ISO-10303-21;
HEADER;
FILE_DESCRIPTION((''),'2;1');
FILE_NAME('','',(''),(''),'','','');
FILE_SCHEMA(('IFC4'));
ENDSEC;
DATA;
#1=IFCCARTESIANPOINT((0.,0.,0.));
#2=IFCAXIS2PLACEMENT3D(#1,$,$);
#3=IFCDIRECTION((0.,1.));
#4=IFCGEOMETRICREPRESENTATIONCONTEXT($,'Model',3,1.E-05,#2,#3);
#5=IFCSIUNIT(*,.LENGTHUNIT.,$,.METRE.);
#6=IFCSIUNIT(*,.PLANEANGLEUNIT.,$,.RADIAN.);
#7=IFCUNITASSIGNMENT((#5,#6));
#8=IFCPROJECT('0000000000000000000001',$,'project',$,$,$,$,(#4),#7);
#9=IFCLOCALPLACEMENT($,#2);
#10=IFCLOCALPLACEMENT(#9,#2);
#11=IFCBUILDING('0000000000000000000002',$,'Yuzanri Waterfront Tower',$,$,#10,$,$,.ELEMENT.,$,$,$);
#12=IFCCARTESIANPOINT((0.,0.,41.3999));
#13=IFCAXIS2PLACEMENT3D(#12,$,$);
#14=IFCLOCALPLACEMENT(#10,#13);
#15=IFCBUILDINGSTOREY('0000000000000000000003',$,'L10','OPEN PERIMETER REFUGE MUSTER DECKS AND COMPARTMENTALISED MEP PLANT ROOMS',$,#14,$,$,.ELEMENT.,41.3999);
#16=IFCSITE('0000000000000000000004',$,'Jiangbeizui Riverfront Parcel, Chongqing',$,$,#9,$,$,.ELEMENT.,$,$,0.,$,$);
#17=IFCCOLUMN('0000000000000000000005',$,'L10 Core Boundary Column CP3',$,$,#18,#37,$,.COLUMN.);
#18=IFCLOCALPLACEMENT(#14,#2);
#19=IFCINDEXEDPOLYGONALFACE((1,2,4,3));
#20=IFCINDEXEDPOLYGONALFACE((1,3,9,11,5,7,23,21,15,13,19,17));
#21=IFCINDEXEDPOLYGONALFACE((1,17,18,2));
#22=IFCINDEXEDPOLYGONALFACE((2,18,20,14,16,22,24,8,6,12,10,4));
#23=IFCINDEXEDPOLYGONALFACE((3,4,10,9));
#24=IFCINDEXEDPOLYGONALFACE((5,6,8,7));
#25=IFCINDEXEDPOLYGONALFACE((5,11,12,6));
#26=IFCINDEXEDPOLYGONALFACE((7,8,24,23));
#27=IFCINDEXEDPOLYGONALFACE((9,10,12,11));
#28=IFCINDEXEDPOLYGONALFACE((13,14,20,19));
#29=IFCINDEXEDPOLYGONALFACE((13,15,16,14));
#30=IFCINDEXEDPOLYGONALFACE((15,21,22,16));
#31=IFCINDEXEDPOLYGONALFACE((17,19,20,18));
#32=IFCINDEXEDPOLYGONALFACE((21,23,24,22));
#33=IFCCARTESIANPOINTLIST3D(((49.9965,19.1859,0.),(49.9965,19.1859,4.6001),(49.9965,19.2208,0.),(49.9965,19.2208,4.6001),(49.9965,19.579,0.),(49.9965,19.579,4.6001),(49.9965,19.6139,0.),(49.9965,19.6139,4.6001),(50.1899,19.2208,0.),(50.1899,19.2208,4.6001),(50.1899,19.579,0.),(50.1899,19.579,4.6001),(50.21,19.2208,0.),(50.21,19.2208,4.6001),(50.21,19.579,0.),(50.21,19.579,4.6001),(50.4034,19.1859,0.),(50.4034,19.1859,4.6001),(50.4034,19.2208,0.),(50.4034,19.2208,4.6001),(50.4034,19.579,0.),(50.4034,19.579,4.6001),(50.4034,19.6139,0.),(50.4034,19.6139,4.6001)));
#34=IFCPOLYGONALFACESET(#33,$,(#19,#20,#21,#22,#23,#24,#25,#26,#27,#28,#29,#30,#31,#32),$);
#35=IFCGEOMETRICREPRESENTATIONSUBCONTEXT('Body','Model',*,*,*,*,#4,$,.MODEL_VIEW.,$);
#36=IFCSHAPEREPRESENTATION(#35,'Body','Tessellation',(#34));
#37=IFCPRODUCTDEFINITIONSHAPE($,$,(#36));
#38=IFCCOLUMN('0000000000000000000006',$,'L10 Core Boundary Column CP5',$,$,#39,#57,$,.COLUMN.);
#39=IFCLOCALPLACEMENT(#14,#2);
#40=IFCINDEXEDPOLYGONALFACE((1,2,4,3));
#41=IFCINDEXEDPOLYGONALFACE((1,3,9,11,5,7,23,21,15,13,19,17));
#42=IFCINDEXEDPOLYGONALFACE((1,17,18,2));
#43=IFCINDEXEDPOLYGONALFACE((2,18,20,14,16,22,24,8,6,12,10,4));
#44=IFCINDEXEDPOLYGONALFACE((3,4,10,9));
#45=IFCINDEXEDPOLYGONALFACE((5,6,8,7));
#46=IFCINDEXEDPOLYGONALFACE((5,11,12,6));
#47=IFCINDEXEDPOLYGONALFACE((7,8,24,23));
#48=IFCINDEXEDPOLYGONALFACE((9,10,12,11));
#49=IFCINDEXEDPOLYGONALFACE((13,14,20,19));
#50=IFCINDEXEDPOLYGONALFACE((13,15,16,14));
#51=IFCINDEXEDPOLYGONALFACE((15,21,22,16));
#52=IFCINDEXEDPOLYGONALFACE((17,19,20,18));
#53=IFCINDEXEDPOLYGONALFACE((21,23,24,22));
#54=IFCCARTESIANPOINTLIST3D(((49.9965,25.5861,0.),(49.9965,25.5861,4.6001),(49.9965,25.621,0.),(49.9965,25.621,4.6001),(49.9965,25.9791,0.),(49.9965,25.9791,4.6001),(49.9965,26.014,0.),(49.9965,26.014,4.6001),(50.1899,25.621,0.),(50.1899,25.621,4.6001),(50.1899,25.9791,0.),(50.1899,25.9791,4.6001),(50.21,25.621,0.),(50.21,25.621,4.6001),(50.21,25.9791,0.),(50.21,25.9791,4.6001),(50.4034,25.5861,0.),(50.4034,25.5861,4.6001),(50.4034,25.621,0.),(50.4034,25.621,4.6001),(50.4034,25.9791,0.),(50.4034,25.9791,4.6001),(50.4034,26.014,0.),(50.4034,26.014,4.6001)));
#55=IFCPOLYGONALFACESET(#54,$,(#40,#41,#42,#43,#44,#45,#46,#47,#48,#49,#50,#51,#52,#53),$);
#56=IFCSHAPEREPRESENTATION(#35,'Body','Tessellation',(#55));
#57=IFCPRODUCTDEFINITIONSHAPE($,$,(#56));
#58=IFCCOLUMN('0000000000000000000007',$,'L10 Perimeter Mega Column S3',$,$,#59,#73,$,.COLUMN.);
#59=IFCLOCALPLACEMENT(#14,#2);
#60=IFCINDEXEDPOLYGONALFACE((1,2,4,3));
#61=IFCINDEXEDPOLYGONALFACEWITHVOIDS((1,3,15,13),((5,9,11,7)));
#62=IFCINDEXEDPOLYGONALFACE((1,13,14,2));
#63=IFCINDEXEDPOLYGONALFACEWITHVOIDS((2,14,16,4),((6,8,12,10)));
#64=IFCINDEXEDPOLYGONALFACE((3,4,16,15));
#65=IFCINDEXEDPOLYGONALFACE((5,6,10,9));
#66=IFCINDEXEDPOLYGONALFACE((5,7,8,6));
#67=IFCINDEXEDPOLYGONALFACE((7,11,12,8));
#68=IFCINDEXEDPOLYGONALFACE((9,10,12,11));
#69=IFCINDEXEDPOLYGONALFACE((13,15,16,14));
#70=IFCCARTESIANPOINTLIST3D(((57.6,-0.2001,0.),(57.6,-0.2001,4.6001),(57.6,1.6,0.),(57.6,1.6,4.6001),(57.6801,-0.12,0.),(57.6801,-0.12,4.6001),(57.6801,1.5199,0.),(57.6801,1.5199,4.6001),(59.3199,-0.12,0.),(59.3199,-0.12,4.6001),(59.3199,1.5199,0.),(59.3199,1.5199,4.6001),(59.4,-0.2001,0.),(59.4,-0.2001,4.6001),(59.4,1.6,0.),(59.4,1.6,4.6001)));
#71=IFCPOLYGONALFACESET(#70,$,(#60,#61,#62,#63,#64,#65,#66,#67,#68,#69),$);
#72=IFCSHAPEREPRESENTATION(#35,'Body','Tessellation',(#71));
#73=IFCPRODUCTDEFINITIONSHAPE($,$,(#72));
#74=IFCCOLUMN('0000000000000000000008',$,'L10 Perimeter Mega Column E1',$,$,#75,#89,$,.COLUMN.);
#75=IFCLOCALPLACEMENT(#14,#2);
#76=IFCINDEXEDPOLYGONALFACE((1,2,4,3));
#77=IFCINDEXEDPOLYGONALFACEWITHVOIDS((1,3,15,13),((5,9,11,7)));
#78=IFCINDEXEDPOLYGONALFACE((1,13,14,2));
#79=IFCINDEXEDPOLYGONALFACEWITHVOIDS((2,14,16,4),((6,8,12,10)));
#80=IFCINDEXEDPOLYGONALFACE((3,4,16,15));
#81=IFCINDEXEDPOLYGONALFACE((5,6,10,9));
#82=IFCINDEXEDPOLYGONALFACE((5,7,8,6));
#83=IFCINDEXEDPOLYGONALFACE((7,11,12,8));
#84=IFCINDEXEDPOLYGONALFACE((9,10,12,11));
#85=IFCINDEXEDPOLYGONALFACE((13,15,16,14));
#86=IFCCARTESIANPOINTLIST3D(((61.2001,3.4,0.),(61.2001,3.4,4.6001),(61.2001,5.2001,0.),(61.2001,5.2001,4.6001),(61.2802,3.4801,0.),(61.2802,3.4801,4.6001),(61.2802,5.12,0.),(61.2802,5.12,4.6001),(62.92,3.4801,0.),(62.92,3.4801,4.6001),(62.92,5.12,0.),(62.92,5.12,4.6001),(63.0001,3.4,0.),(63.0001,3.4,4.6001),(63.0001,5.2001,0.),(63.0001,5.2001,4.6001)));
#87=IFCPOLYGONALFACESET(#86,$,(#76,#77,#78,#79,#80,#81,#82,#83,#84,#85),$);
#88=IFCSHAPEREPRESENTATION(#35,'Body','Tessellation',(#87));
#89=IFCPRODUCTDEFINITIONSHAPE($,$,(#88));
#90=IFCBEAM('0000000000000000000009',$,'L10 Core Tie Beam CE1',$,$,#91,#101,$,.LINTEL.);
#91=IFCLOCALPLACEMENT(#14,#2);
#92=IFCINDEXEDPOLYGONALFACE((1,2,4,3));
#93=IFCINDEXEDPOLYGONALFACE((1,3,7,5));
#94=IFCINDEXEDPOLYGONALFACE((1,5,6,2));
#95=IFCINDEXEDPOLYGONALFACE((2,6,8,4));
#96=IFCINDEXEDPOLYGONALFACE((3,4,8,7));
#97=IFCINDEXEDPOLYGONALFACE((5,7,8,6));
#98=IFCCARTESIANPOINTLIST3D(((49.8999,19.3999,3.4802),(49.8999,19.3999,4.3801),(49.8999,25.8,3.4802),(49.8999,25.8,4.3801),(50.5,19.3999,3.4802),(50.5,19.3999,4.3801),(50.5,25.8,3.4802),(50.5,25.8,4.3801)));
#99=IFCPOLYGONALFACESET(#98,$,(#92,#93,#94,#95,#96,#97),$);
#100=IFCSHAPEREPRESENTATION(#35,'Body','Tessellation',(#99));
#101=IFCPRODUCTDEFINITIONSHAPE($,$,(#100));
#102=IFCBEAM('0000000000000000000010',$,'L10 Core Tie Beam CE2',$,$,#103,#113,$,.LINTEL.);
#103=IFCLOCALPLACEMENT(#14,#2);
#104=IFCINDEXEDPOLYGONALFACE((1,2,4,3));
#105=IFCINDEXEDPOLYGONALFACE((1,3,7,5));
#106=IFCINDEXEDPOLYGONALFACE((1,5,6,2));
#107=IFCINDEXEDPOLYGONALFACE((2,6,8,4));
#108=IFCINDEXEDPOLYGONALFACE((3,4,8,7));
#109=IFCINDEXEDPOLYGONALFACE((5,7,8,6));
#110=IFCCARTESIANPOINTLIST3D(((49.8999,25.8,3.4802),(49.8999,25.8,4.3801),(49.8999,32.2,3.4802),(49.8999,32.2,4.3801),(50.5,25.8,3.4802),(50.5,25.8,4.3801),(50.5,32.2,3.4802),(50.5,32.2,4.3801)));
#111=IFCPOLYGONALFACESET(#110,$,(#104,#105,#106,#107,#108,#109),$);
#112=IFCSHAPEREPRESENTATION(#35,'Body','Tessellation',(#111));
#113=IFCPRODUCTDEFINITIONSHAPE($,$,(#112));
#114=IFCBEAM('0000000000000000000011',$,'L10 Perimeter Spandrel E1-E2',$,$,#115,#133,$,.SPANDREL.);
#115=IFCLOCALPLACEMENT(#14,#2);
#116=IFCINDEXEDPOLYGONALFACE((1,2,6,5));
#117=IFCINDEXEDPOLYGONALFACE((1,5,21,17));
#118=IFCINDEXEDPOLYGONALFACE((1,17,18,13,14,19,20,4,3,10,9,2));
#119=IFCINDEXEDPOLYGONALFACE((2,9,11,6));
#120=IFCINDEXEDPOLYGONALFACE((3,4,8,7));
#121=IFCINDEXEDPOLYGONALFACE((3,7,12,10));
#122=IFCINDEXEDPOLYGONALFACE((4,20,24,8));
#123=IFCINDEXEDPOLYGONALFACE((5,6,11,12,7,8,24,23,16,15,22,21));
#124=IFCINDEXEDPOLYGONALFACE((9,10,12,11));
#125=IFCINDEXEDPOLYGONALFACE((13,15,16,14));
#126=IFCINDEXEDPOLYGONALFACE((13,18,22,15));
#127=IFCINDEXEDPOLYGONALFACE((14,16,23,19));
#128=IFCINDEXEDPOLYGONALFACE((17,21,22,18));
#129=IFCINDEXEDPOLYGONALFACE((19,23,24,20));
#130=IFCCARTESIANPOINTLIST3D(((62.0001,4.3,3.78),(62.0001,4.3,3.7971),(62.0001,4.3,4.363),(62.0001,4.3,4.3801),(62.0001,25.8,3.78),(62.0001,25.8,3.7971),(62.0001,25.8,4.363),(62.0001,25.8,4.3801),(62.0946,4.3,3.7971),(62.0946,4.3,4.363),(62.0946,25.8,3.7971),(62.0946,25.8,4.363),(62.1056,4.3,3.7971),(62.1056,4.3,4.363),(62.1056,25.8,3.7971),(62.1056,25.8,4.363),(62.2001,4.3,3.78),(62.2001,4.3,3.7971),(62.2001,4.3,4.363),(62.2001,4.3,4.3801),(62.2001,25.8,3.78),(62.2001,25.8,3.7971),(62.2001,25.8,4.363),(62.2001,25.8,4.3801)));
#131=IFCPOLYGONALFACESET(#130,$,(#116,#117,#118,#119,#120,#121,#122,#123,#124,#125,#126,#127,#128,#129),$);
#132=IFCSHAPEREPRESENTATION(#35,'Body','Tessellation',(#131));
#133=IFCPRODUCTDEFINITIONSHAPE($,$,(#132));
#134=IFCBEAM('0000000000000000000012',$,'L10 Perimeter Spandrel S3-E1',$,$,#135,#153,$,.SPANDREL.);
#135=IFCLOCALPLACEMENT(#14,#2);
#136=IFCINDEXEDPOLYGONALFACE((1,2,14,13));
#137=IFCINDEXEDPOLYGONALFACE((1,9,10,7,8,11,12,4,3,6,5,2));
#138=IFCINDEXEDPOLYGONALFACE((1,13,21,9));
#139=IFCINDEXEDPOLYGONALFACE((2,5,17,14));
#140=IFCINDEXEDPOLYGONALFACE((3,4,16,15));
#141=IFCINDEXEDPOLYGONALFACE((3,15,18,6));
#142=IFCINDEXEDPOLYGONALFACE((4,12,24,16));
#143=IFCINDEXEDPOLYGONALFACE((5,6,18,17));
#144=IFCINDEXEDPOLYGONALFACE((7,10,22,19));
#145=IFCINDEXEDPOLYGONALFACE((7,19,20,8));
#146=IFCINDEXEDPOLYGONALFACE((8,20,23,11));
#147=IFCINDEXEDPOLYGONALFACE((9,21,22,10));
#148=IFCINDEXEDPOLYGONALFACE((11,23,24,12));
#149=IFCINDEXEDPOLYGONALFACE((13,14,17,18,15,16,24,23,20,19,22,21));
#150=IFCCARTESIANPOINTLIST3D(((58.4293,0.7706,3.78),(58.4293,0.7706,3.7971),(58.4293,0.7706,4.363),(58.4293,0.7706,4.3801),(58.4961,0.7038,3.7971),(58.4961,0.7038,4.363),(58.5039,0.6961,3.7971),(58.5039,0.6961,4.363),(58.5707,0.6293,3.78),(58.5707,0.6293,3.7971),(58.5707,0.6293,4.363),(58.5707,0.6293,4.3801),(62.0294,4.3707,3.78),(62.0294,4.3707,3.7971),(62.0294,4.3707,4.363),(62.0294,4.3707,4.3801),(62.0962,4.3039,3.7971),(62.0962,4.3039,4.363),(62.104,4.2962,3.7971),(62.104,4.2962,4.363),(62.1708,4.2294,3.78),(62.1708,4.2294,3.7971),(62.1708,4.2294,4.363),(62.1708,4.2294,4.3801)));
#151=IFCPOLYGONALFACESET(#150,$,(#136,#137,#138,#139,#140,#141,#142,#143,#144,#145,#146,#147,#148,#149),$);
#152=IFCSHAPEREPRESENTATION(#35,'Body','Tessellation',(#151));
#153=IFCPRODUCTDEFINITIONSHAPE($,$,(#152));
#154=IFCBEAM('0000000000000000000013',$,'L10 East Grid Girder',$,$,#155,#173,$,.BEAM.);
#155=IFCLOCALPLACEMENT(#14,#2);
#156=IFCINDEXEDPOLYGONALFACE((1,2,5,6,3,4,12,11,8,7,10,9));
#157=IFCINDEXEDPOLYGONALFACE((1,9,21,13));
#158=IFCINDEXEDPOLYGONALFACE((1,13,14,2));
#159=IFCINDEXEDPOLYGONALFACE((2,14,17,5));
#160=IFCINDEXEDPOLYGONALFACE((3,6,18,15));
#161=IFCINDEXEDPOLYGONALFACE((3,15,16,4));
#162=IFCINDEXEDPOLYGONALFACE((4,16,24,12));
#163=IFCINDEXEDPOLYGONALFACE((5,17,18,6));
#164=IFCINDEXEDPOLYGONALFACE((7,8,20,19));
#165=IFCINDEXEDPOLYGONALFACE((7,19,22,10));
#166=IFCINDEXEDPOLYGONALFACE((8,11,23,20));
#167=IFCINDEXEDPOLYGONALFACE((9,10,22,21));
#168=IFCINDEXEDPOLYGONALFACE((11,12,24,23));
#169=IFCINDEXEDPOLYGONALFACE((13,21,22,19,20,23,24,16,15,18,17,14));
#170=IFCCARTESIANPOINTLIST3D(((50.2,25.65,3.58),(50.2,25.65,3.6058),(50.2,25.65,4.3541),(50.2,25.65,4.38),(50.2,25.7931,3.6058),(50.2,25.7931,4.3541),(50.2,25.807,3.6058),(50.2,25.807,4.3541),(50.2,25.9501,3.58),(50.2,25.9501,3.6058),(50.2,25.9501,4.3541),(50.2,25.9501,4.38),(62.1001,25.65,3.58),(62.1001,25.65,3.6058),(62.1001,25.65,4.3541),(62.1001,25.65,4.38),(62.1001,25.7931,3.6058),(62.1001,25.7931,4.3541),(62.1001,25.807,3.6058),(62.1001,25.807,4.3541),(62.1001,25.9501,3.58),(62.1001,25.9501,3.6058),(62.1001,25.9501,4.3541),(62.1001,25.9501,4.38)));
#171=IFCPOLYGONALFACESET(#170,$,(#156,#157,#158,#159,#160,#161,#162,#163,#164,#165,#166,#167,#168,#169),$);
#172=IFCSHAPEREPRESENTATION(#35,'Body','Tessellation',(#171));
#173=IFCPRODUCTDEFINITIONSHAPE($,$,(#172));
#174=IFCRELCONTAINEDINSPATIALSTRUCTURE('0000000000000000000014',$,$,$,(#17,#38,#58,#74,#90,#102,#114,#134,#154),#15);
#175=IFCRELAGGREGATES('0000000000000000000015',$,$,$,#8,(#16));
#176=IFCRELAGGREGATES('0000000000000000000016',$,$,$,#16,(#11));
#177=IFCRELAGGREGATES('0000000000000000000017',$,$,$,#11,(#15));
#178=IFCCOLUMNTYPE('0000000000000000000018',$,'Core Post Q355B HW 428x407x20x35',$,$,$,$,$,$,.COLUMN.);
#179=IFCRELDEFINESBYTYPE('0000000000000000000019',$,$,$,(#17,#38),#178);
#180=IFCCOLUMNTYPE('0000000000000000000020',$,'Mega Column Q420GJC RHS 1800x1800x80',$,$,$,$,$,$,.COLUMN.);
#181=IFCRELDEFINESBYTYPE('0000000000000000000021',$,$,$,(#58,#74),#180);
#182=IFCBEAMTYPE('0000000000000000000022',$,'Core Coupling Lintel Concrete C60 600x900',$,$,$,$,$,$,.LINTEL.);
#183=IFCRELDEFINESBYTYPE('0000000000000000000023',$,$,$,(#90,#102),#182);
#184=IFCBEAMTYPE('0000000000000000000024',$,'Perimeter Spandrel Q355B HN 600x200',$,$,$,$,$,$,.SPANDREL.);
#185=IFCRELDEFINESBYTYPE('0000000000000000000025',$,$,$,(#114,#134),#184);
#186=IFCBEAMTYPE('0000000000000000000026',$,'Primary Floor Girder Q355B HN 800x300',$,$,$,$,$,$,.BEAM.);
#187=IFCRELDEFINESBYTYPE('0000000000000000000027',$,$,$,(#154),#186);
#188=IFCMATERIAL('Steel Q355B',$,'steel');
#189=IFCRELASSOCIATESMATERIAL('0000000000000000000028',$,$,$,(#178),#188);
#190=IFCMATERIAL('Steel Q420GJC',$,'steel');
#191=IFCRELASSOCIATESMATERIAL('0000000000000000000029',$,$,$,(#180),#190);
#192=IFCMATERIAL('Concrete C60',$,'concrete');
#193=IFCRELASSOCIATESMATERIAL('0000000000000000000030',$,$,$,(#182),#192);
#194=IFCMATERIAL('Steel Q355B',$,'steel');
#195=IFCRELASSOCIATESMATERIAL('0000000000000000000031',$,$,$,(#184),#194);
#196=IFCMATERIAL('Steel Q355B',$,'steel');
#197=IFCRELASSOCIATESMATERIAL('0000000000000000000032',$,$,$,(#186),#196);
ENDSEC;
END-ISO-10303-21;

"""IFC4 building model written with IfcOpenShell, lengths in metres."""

from ifc_helpers import new_model, si_unit, direction, frame, origin, origin_2d, place, context, subcontext, project, spatial, rectangle, hollow_rectangle, i_section, extrude, source, transform, mapped, material, material_profile, profile_set, type_object, element, save


model = new_model("IFC4")

# Units and contexts
model_context = context("Model", 3, precision=1e-05, world=origin(), true_north=direction((0.0, 1.0)))
body_context = subcontext(model_context, "Body", "Model", "MODEL_VIEW")
ifc_project = project(units=[si_unit("LENGTHUNIT", "METRE"), si_unit("PLANEANGLEUNIT", "RADIAN")], contexts=[model_context])

# Site, building, storey
site_placement = place(None, origin())
site = spatial("IfcSite", under=ifc_project, at=site_placement, Name="Jiangbeizui Riverfront Parcel, Chongqing", CompositionType="ELEMENT", RefElevation=0.0)
building_placement = place(site_placement, origin())
building = spatial("IfcBuilding", under=site, at=building_placement, Name="Yuzanri Waterfront Tower", CompositionType="ELEMENT")
storey_placement = place(building_placement, frame((0.0, 0.0, 41.3999)))
storey = spatial("IfcBuildingStorey", under=building, at=storey_placement, Name="L10", Description="OPEN PERIMETER REFUGE MUSTER DECKS AND COMPARTMENTALISED MEP PLANT ROOMS", CompositionType="ELEMENT", Elevation=41.3999)

# Columns
ifc_material_1 = material(Name="Steel Q355B", Category="steel")
ifc_material_profile_1 = material_profile(ifc_material_1, i_section(OverallWidth=0.407, OverallDepth=0.428, WebThickness=0.02, FlangeThickness=0.0349, at=origin_2d()), Name="HW 428x407x20x35")
ifc_profile_set_1 = profile_set([ifc_material_profile_1], Name="Steel Q355B")
column_type_1 = type_object("IfcColumnType", Name="Core Post Q355B HW 428x407x20x35", PredefinedType="COLUMN", material=ifc_profile_set_1)
shared_shape_1 = source(origin(), body_context, "Body", "SweptSolid", [
    extrude(i_section(OverallWidth=0.407, OverallDepth=0.428, WebThickness=0.02, FlangeThickness=0.0349, at=origin_2d()), origin(), (0.0, 0.0, 1.0), 4.6001),
])
for number, where, z_axis, x_axis, name in (
    (1, (50.2, 19.3999, 0.0), (0.0, 0.0, 1.0), (1.0, 0.0, 0.0), "L10 Core Boundary Column CP3"),
    (2, (50.2, 25.8, 0.0), (0.0, 0.0, 1.0), (1.0, 0.0, 0.0), "L10 Core Boundary Column CP5"),
):
    element("IfcColumn", number, at=place(storey_placement, frame(where, z_axis=z_axis, x_axis=x_axis)), inside=storey, type_object=column_type_1, Name=name, PredefinedType="COLUMN", context=body_context, shape_type="MappedRepresentation", body=[
        mapped(shared_shape_1, transform((0.0, 0.0, 0.0), scale=1.0)),
    ])
ifc_material_2 = material(Name="Steel Q420GJC", Category="steel")
ifc_material_profile_2 = material_profile(ifc_material_2, hollow_rectangle(XDim=1.8, YDim=1.8, WallThickness=0.0801, at=origin_2d()), Name="RHS 1800x1800x80")
ifc_profile_set_2 = profile_set([ifc_material_profile_2], Name="Steel Q420GJC")
column_type_2 = type_object("IfcColumnType", Name="Mega Column Q420GJC RHS 1800x1800x80", PredefinedType="COLUMN", material=ifc_profile_set_2)
shared_shape_2 = source(origin(), body_context, "Body", "SweptSolid", [
    extrude(hollow_rectangle(XDim=1.8, YDim=1.8, WallThickness=0.0801, at=origin_2d()), origin(), (0.0, 0.0, 1.0), 4.6001),
])
for number, where, z_axis, x_axis, name in (
    (3, (58.5, 0.7, 0.0), (0.0, 0.0, 1.0), (1.0, 0.0, 0.0), "L10 Perimeter Mega Column S3"),
    (4, (62.1001, 4.3, 0.0), (0.0, 0.0, 1.0), (1.0, 0.0, 0.0), "L10 Perimeter Mega Column E1"),
):
    element("IfcColumn", number, at=place(storey_placement, frame(where, z_axis=z_axis, x_axis=x_axis)), inside=storey, type_object=column_type_2, Name=name, PredefinedType="COLUMN", context=body_context, shape_type="MappedRepresentation", body=[
        mapped(shared_shape_2, transform((0.0, 0.0, 0.0), scale=1.0)),
    ])

# Beams
ifc_material_3 = material(Name="Concrete C60", Category="concrete")
ifc_material_profile_3 = material_profile(ifc_material_3, rectangle(XDim=0.6001, YDim=0.8999, at=origin_2d()), Name="RC 600x900")
ifc_profile_set_3 = profile_set([ifc_material_profile_3], Name="Concrete C60")
beam_type_1 = type_object("IfcBeamType", Name="Core Coupling Lintel Concrete C60 600x900", PredefinedType="LINTEL", material=ifc_profile_set_3)
shared_shape_3 = source(origin(), body_context, "Body", "SweptSolid", [
    extrude(rectangle(XDim=0.6001, YDim=0.8999, at=origin_2d()), origin(), (0.0, 0.0, 1.0), 6.4001),
])
beam_1_placement = place(storey_placement, frame((50.2, 19.3999, 3.9302), z_axis=(0.0, 1.0, 0.0), x_axis=(-1.0, 0.0, 0.0)))
element("IfcBeam", 5, at=beam_1_placement, inside=storey, type_object=beam_type_1, Name="L10 Core Tie Beam CE1", PredefinedType="LINTEL", context=body_context, shape_type="MappedRepresentation", body=[
    mapped(shared_shape_3, transform((0.0, 0.0, 0.0), scale=1.0)),
])
shared_shape_4 = source(origin(), body_context, "Body", "SweptSolid", [
    extrude(rectangle(XDim=0.6001, YDim=0.8999, at=origin_2d()), origin(), (0.0, 0.0, 1.0), 6.3999),
])
beam_2_placement = place(storey_placement, frame((50.2, 25.8, 3.9302), z_axis=(0.0, 1.0, 0.0), x_axis=(-1.0, 0.0, 0.0)))
element("IfcBeam", 6, at=beam_2_placement, inside=storey, type_object=beam_type_1, Name="L10 Core Tie Beam CE2", PredefinedType="LINTEL", context=body_context, shape_type="MappedRepresentation", body=[
    mapped(shared_shape_4, transform((0.0, 0.0, 0.0), scale=1.0)),
])
ifc_material_4 = material(Name="Steel Q355B", Category="steel")
ifc_material_profile_4 = material_profile(ifc_material_4, i_section(OverallWidth=0.2, OverallDepth=0.6001, WebThickness=0.011, FlangeThickness=0.0171, at=origin_2d()), Name="HN 600x200x11x17")
ifc_profile_set_4 = profile_set([ifc_material_profile_4], Name="Steel Q355B")
beam_type_2 = type_object("IfcBeamType", Name="Perimeter Spandrel Q355B HN 600x200", PredefinedType="SPANDREL", material=ifc_profile_set_4)
shared_shape_5 = source(origin(), body_context, "Body", "SweptSolid", [
    extrude(i_section(OverallWidth=0.2, OverallDepth=0.6001, WebThickness=0.011, FlangeThickness=0.0171, at=origin_2d()), origin(), (0.0, 0.0, 1.0), 21.5),
])
beam_3_placement = place(storey_placement, frame((62.1001, 4.3, 4.0801), z_axis=(0.0, 1.0, 0.0), x_axis=(-1.0, 0.0, 0.0)))
element("IfcBeam", 7, at=beam_3_placement, inside=storey, type_object=beam_type_2, Name="L10 Perimeter Spandrel E1-E2", PredefinedType="SPANDREL", context=body_context, shape_type="MappedRepresentation", body=[
    mapped(shared_shape_5, transform((0.0, 0.0, 0.0), scale=1.0)),
])
shared_shape_6 = source(origin(), body_context, "Body", "SweptSolid", [
    extrude(i_section(OverallWidth=0.2, OverallDepth=0.6001, WebThickness=0.011, FlangeThickness=0.0171, at=origin_2d()), origin(), (0.0, 0.0, 1.0), 5.0913),
])
beam_4_placement = place(storey_placement, frame((58.5, 0.7, 4.0801), z_axis=(0.707107, 0.707107, 0.0), x_axis=(-0.707107, 0.707107, 0.0)))
element("IfcBeam", 8, at=beam_4_placement, inside=storey, type_object=beam_type_2, Name="L10 Perimeter Spandrel S3-E1", PredefinedType="SPANDREL", context=body_context, shape_type="MappedRepresentation", body=[
    mapped(shared_shape_6, transform((0.0, 0.0, 0.0), scale=1.0)),
])
ifc_material_5 = material(Name="Steel Q355B", Category="steel")
ifc_material_profile_5 = material_profile(ifc_material_5, i_section(OverallWidth=0.3, OverallDepth=0.8, WebThickness=0.0139, FlangeThickness=0.0259, at=origin_2d()), Name="HN 800x300x14x26")
ifc_profile_set_5 = profile_set([ifc_material_profile_5], Name="Steel Q355B")
beam_type_3 = type_object("IfcBeamType", Name="Primary Floor Girder Q355B HN 800x300", PredefinedType="BEAM", material=ifc_profile_set_5)
shared_shape_7 = source(origin(), body_context, "Body", "SweptSolid", [
    extrude(i_section(OverallWidth=0.3, OverallDepth=0.8, WebThickness=0.0139, FlangeThickness=0.0259, at=origin_2d()), origin(), (0.0, 0.0, 1.0), 11.9001),
])
beam_5_placement = place(storey_placement, frame((50.2, 25.8, 3.98), z_axis=(1.0, 0.0, 0.0), x_axis=(0.0, 1.0, 0.0)))
element("IfcBeam", 9, at=beam_5_placement, inside=storey, type_object=beam_type_3, Name="L10 East Grid Girder", PredefinedType="BEAM", context=body_context, shape_type="MappedRepresentation", body=[
    mapped(shared_shape_7, transform((0.0, 0.0, 0.0), scale=1.0)),
])

save(model, "model.ifc")
